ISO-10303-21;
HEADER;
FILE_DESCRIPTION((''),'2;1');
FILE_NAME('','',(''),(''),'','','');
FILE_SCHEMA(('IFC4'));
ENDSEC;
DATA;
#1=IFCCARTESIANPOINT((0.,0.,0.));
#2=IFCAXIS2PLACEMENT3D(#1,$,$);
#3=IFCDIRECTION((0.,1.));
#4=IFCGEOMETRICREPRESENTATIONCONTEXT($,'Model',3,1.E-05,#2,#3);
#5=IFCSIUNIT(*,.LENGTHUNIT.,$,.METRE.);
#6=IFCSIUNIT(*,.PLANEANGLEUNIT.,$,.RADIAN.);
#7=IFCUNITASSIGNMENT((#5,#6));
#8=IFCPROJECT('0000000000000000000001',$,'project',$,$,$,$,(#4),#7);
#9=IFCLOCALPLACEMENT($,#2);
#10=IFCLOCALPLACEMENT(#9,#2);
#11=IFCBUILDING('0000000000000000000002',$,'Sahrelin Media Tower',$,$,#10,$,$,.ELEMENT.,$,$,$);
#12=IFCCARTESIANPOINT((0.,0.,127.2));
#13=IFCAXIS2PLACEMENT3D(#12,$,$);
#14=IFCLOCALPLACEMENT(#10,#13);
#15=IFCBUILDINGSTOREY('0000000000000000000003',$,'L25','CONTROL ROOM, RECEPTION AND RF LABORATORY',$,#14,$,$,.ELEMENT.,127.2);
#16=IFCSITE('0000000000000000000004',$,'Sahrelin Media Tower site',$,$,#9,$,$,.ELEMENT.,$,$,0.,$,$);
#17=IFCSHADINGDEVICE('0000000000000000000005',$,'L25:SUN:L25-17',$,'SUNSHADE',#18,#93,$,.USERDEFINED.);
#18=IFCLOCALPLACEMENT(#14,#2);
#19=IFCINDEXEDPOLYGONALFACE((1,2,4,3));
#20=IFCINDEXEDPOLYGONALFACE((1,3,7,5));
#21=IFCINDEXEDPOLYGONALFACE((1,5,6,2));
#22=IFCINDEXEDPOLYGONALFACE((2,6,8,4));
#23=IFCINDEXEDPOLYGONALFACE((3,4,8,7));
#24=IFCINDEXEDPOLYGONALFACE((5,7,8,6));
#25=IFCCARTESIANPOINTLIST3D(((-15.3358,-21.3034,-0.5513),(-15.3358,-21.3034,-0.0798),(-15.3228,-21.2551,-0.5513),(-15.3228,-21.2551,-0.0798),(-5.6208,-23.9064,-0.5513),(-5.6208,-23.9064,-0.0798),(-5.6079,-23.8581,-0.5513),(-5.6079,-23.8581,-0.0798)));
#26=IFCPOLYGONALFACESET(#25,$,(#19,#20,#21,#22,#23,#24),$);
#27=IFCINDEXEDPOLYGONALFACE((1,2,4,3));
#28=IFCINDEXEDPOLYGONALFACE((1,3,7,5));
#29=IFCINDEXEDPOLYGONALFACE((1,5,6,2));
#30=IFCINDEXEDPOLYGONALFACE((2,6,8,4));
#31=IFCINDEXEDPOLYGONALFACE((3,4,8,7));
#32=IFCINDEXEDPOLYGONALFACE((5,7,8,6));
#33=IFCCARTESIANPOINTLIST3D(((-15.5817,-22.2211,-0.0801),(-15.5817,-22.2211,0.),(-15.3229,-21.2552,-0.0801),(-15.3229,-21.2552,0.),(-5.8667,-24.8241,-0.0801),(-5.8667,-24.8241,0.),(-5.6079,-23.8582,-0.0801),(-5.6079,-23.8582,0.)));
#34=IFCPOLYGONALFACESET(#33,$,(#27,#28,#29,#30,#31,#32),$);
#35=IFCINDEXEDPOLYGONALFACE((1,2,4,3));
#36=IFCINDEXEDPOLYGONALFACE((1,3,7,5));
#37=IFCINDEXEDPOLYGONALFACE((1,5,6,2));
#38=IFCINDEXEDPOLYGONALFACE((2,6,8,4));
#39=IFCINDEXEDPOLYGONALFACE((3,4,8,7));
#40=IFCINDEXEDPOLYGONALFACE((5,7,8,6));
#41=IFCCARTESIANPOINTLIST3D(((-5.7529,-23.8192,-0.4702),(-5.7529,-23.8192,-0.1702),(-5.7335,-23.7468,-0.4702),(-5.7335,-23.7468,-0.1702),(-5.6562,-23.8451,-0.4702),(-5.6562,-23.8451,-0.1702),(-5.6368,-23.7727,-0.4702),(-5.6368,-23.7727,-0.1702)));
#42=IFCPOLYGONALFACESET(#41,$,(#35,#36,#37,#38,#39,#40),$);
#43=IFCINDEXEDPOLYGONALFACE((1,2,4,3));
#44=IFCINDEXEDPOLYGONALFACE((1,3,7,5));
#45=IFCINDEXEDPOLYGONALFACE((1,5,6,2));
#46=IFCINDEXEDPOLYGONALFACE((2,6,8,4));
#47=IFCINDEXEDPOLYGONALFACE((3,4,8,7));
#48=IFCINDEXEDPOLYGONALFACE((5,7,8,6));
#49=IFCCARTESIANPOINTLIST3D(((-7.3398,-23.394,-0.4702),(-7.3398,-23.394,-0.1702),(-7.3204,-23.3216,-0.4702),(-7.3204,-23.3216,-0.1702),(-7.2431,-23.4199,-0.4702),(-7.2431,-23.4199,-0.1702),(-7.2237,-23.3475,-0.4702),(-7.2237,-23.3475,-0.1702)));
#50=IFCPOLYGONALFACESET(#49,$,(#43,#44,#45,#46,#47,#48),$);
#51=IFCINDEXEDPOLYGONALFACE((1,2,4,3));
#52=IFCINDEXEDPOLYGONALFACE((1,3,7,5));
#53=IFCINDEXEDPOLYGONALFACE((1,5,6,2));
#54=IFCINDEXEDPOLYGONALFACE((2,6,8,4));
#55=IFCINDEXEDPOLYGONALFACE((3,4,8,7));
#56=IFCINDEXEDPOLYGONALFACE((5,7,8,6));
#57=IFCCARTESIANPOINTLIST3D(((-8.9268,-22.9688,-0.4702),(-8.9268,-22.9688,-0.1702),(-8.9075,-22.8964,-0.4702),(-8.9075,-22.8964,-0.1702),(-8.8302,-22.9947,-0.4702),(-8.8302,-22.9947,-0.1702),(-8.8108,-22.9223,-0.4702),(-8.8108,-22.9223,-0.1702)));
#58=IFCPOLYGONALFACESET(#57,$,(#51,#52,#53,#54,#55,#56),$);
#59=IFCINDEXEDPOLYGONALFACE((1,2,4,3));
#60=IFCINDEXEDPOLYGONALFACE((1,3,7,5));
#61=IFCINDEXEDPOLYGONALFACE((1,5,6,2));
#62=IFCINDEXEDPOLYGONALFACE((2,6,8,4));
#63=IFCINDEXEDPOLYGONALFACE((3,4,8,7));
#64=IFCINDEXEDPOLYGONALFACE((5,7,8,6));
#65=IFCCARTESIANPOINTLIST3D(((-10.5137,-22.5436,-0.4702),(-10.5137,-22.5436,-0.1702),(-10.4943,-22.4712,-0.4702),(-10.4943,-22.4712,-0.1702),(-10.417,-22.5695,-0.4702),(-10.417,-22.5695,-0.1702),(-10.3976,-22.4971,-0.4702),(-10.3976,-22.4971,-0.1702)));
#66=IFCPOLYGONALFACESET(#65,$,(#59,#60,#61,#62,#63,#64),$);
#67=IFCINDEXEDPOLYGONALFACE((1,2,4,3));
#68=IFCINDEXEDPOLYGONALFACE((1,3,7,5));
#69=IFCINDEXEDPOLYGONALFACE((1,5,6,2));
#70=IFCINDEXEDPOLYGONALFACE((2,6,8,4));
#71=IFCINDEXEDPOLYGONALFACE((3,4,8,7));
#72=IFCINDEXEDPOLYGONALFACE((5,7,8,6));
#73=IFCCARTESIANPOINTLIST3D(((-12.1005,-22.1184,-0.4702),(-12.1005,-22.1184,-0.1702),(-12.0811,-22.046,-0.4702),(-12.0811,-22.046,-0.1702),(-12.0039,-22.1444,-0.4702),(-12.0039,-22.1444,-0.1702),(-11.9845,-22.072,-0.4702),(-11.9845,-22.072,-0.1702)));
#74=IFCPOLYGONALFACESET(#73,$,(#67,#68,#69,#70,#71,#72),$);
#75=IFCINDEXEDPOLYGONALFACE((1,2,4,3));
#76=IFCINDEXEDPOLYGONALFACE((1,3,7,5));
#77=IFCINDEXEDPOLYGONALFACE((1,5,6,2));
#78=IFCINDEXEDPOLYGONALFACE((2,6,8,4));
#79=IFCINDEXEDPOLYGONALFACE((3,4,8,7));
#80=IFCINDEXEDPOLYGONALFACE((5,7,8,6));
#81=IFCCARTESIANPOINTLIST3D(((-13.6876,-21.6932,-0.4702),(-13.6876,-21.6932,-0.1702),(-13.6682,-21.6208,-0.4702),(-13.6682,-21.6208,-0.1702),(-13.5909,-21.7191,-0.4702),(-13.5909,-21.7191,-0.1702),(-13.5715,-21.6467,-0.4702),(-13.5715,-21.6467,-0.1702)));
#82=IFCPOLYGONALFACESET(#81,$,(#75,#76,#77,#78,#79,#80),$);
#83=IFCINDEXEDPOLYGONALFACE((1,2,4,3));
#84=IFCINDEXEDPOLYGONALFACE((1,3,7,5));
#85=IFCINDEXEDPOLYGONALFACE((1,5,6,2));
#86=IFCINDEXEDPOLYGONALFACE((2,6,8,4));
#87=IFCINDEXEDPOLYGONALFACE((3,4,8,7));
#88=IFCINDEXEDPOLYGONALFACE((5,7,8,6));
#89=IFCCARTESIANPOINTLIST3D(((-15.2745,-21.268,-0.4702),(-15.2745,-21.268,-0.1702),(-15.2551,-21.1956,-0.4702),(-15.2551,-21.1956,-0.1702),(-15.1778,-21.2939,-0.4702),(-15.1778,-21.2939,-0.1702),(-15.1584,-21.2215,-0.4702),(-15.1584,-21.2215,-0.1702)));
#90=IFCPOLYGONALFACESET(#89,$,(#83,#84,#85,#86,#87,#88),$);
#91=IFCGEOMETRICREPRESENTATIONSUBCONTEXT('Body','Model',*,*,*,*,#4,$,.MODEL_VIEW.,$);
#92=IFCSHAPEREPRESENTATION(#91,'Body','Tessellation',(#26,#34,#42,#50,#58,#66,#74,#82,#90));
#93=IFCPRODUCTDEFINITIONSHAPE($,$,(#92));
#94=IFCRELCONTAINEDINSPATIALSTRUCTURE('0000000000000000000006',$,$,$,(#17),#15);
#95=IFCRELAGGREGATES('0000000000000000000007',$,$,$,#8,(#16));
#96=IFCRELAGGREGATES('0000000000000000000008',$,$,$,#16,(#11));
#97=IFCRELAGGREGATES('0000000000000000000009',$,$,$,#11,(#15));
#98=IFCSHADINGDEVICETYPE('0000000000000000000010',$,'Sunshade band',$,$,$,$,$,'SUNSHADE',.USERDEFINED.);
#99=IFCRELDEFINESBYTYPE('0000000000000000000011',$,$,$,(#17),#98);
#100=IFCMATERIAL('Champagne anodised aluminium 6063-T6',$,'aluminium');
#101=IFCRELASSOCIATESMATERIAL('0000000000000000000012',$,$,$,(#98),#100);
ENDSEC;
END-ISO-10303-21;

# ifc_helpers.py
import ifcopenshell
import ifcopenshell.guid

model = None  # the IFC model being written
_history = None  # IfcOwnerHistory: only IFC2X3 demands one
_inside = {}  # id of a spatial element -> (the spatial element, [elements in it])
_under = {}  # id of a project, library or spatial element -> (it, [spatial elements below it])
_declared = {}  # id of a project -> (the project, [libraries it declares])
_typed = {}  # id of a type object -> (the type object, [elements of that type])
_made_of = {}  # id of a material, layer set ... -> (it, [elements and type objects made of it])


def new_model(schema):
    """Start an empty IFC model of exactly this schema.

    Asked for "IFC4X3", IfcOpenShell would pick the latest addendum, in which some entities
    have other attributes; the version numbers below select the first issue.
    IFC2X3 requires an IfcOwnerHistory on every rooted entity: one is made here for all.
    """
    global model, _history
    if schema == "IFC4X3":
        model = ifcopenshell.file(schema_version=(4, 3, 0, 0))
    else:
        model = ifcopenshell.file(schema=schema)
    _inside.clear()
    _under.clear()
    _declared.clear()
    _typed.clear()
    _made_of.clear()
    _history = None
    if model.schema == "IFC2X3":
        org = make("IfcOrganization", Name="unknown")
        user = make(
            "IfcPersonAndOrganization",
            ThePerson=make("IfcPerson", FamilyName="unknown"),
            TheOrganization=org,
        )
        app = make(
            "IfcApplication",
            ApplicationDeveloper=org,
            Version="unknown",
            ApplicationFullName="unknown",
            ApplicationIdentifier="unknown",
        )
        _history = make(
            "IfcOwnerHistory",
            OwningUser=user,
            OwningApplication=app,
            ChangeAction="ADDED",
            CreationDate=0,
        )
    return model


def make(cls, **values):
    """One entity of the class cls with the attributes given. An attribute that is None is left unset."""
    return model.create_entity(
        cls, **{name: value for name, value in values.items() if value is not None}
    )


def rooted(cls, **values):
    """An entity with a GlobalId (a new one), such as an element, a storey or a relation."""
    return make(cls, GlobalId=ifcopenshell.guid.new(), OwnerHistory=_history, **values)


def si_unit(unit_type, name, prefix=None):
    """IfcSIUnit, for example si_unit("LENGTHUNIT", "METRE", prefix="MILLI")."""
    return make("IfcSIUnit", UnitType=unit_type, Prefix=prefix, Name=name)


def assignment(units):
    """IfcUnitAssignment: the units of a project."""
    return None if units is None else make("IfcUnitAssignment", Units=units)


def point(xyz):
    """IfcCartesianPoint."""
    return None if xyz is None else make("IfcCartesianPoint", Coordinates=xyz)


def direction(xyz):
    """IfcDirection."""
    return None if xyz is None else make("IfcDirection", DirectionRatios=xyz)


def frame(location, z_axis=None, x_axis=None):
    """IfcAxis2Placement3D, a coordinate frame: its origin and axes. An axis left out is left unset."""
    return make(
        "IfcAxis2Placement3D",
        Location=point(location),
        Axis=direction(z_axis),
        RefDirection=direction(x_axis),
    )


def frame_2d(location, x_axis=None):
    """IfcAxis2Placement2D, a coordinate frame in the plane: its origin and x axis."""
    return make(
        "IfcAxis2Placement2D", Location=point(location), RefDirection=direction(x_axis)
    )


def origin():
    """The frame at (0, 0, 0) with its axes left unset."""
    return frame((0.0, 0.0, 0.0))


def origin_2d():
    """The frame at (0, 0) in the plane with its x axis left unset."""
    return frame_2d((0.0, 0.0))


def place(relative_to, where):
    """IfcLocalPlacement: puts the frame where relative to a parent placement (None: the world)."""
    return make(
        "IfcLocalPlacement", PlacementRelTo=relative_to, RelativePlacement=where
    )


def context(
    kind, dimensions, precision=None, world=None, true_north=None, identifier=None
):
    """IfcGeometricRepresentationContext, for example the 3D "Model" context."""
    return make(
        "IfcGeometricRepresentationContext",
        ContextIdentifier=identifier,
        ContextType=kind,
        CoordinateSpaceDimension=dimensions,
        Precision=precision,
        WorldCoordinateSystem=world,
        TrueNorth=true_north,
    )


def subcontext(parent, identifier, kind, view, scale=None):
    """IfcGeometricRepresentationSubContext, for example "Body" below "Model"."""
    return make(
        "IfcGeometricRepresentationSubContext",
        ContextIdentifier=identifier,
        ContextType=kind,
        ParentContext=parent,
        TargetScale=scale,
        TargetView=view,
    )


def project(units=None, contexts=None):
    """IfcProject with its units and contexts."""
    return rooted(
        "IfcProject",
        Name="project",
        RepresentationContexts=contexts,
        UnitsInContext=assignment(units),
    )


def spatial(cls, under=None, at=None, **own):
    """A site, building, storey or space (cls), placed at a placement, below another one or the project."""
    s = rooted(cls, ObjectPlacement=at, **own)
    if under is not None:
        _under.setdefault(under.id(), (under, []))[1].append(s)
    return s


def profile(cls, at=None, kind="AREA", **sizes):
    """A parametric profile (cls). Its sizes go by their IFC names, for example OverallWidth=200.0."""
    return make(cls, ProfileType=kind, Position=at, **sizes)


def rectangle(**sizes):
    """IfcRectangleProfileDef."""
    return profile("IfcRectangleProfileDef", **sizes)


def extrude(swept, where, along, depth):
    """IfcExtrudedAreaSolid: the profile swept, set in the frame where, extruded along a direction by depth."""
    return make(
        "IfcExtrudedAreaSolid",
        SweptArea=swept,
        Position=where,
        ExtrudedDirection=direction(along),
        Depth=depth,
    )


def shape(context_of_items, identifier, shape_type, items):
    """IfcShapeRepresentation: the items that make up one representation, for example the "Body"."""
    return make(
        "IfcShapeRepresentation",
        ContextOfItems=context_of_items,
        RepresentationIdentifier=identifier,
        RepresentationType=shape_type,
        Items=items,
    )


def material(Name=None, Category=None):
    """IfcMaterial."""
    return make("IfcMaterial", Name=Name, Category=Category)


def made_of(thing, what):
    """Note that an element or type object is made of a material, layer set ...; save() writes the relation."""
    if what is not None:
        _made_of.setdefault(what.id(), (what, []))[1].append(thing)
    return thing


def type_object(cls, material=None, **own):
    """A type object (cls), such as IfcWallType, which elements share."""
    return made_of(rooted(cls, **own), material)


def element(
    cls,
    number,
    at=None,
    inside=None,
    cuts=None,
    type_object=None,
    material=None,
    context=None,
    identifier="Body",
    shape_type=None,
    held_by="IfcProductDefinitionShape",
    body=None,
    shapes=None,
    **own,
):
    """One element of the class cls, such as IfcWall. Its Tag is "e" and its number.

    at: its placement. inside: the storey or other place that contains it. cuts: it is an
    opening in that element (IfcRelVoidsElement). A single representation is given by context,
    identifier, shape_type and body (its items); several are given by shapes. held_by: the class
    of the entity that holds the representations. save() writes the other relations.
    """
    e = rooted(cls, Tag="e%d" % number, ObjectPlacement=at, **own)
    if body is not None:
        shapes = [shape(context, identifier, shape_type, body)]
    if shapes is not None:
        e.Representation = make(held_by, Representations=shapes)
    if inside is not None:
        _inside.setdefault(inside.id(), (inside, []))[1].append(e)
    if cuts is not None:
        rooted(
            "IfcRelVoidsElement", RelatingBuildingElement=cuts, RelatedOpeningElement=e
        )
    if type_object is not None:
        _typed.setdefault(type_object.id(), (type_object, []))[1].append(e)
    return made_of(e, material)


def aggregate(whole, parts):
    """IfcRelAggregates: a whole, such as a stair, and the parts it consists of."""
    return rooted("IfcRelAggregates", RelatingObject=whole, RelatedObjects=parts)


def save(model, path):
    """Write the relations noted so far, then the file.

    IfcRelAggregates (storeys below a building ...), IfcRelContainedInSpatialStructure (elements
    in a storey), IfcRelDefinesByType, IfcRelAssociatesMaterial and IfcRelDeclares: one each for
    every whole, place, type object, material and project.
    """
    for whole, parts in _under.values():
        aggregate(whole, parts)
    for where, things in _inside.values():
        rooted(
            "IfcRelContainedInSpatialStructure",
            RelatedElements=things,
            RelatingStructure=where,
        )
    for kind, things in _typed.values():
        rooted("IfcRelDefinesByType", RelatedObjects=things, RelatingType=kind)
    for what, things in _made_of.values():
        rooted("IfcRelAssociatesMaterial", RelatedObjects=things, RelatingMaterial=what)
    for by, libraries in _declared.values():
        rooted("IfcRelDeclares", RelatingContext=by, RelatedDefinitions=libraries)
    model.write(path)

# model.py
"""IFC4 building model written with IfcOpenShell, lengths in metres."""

from ifc_helpers import new_model, si_unit, direction, frame, origin, origin_2d, place, context, subcontext, project, spatial, rectangle, extrude, material, type_object, element, save


model = new_model("IFC4")

# Units and contexts
model_context = context("Model", 3, precision=1e-05, world=origin(), true_north=direction((0.0, 1.0)))
body_context = subcontext(model_context, "Body", "Model", "MODEL_VIEW")
ifc_project = project(units=[si_unit("LENGTHUNIT", "METRE"), si_unit("PLANEANGLEUNIT", "RADIAN")], contexts=[model_context])

# Site, building, storey
site_placement = place(None, origin())
site = spatial("IfcSite", under=ifc_project, at=site_placement, Name="Sahrelin Media Tower site", CompositionType="ELEMENT", RefElevation=0.0)
building_placement = place(site_placement, origin())
building = spatial("IfcBuilding", under=site, at=building_placement, Name="Sahrelin Media Tower", CompositionType="ELEMENT")
storey_placement = place(building_placement, frame((0.0, 0.0, 127.2)))
storey = spatial("IfcBuildingStorey", under=building, at=storey_placement, Name="L25", Description="CONTROL ROOM, RECEPTION AND RF LABORATORY", CompositionType="ELEMENT", Elevation=127.2)

# Shared definitions
ifc_material_1 = material(Name="Champagne anodised aluminium 6063-T6", Category="aluminium")

# Shading device
placement = place(storey_placement, frame((-10.4602, -22.5374, 0.0), z_axis=(0.0, 0.0, 1.0), x_axis=(-0.965929, 0.258808, 0.0)))
shading_device_type_1 = type_object("IfcShadingDeviceType", Name="Sunshade band", ElementType="SUNSHADE", PredefinedType="USERDEFINED", material=ifc_material_1)
element("IfcShadingDevice", 1, at=placement, inside=storey, type_object=shading_device_type_1, Name="L25:SUN:L25-17", ObjectType="SUNSHADE", PredefinedType="USERDEFINED", context=body_context, shape_type="SweptSolid", body=[
    extrude(rectangle(XDim=10.0576, YDim=0.05, at=origin_2d()), frame((0.0, 0.0449, -0.5513)), (0.0, 0.0, 1.0), 0.4714),
    extrude(rectangle(XDim=10.0576, YDim=1.0, at=origin_2d()), frame((0.0, 0.52, -0.0801)), (0.0, 0.0, 1.0), 0.0801),
    extrude(rectangle(XDim=0.1001, YDim=0.075, at=origin_2d()), frame((-4.9287, -0.0176, -0.4702)), (0.0, 0.0, 1.0), 0.3),
    extrude(rectangle(XDim=0.1001, YDim=0.075, at=origin_2d()), frame((-3.2859, -0.0176, -0.4702)), (0.0, 0.0, 1.0), 0.3),
    extrude(rectangle(XDim=0.1001, YDim=0.075, at=origin_2d()), frame((-1.6428, -0.0176, -0.4702)), (0.0, 0.0, 1.0), 0.3),
    extrude(rectangle(XDim=0.1001, YDim=0.075, at=origin_2d()), frame((0.0, -0.0176, -0.4702)), (0.0, 0.0, 1.0), 0.3),
    extrude(rectangle(XDim=0.1001, YDim=0.075, at=origin_2d()), frame((1.6428, -0.0176, -0.4702)), (0.0, 0.0, 1.0), 0.3),
    extrude(rectangle(XDim=0.1001, YDim=0.075, at=origin_2d()), frame((3.2859, -0.0176, -0.4702)), (0.0, 0.0, 1.0), 0.3),
    extrude(rectangle(XDim=0.1001, YDim=0.075, at=origin_2d()), frame((4.9287, -0.0176, -0.4702)), (0.0, 0.0, 1.0), 0.3),
])

save(model, "model.ifc")
